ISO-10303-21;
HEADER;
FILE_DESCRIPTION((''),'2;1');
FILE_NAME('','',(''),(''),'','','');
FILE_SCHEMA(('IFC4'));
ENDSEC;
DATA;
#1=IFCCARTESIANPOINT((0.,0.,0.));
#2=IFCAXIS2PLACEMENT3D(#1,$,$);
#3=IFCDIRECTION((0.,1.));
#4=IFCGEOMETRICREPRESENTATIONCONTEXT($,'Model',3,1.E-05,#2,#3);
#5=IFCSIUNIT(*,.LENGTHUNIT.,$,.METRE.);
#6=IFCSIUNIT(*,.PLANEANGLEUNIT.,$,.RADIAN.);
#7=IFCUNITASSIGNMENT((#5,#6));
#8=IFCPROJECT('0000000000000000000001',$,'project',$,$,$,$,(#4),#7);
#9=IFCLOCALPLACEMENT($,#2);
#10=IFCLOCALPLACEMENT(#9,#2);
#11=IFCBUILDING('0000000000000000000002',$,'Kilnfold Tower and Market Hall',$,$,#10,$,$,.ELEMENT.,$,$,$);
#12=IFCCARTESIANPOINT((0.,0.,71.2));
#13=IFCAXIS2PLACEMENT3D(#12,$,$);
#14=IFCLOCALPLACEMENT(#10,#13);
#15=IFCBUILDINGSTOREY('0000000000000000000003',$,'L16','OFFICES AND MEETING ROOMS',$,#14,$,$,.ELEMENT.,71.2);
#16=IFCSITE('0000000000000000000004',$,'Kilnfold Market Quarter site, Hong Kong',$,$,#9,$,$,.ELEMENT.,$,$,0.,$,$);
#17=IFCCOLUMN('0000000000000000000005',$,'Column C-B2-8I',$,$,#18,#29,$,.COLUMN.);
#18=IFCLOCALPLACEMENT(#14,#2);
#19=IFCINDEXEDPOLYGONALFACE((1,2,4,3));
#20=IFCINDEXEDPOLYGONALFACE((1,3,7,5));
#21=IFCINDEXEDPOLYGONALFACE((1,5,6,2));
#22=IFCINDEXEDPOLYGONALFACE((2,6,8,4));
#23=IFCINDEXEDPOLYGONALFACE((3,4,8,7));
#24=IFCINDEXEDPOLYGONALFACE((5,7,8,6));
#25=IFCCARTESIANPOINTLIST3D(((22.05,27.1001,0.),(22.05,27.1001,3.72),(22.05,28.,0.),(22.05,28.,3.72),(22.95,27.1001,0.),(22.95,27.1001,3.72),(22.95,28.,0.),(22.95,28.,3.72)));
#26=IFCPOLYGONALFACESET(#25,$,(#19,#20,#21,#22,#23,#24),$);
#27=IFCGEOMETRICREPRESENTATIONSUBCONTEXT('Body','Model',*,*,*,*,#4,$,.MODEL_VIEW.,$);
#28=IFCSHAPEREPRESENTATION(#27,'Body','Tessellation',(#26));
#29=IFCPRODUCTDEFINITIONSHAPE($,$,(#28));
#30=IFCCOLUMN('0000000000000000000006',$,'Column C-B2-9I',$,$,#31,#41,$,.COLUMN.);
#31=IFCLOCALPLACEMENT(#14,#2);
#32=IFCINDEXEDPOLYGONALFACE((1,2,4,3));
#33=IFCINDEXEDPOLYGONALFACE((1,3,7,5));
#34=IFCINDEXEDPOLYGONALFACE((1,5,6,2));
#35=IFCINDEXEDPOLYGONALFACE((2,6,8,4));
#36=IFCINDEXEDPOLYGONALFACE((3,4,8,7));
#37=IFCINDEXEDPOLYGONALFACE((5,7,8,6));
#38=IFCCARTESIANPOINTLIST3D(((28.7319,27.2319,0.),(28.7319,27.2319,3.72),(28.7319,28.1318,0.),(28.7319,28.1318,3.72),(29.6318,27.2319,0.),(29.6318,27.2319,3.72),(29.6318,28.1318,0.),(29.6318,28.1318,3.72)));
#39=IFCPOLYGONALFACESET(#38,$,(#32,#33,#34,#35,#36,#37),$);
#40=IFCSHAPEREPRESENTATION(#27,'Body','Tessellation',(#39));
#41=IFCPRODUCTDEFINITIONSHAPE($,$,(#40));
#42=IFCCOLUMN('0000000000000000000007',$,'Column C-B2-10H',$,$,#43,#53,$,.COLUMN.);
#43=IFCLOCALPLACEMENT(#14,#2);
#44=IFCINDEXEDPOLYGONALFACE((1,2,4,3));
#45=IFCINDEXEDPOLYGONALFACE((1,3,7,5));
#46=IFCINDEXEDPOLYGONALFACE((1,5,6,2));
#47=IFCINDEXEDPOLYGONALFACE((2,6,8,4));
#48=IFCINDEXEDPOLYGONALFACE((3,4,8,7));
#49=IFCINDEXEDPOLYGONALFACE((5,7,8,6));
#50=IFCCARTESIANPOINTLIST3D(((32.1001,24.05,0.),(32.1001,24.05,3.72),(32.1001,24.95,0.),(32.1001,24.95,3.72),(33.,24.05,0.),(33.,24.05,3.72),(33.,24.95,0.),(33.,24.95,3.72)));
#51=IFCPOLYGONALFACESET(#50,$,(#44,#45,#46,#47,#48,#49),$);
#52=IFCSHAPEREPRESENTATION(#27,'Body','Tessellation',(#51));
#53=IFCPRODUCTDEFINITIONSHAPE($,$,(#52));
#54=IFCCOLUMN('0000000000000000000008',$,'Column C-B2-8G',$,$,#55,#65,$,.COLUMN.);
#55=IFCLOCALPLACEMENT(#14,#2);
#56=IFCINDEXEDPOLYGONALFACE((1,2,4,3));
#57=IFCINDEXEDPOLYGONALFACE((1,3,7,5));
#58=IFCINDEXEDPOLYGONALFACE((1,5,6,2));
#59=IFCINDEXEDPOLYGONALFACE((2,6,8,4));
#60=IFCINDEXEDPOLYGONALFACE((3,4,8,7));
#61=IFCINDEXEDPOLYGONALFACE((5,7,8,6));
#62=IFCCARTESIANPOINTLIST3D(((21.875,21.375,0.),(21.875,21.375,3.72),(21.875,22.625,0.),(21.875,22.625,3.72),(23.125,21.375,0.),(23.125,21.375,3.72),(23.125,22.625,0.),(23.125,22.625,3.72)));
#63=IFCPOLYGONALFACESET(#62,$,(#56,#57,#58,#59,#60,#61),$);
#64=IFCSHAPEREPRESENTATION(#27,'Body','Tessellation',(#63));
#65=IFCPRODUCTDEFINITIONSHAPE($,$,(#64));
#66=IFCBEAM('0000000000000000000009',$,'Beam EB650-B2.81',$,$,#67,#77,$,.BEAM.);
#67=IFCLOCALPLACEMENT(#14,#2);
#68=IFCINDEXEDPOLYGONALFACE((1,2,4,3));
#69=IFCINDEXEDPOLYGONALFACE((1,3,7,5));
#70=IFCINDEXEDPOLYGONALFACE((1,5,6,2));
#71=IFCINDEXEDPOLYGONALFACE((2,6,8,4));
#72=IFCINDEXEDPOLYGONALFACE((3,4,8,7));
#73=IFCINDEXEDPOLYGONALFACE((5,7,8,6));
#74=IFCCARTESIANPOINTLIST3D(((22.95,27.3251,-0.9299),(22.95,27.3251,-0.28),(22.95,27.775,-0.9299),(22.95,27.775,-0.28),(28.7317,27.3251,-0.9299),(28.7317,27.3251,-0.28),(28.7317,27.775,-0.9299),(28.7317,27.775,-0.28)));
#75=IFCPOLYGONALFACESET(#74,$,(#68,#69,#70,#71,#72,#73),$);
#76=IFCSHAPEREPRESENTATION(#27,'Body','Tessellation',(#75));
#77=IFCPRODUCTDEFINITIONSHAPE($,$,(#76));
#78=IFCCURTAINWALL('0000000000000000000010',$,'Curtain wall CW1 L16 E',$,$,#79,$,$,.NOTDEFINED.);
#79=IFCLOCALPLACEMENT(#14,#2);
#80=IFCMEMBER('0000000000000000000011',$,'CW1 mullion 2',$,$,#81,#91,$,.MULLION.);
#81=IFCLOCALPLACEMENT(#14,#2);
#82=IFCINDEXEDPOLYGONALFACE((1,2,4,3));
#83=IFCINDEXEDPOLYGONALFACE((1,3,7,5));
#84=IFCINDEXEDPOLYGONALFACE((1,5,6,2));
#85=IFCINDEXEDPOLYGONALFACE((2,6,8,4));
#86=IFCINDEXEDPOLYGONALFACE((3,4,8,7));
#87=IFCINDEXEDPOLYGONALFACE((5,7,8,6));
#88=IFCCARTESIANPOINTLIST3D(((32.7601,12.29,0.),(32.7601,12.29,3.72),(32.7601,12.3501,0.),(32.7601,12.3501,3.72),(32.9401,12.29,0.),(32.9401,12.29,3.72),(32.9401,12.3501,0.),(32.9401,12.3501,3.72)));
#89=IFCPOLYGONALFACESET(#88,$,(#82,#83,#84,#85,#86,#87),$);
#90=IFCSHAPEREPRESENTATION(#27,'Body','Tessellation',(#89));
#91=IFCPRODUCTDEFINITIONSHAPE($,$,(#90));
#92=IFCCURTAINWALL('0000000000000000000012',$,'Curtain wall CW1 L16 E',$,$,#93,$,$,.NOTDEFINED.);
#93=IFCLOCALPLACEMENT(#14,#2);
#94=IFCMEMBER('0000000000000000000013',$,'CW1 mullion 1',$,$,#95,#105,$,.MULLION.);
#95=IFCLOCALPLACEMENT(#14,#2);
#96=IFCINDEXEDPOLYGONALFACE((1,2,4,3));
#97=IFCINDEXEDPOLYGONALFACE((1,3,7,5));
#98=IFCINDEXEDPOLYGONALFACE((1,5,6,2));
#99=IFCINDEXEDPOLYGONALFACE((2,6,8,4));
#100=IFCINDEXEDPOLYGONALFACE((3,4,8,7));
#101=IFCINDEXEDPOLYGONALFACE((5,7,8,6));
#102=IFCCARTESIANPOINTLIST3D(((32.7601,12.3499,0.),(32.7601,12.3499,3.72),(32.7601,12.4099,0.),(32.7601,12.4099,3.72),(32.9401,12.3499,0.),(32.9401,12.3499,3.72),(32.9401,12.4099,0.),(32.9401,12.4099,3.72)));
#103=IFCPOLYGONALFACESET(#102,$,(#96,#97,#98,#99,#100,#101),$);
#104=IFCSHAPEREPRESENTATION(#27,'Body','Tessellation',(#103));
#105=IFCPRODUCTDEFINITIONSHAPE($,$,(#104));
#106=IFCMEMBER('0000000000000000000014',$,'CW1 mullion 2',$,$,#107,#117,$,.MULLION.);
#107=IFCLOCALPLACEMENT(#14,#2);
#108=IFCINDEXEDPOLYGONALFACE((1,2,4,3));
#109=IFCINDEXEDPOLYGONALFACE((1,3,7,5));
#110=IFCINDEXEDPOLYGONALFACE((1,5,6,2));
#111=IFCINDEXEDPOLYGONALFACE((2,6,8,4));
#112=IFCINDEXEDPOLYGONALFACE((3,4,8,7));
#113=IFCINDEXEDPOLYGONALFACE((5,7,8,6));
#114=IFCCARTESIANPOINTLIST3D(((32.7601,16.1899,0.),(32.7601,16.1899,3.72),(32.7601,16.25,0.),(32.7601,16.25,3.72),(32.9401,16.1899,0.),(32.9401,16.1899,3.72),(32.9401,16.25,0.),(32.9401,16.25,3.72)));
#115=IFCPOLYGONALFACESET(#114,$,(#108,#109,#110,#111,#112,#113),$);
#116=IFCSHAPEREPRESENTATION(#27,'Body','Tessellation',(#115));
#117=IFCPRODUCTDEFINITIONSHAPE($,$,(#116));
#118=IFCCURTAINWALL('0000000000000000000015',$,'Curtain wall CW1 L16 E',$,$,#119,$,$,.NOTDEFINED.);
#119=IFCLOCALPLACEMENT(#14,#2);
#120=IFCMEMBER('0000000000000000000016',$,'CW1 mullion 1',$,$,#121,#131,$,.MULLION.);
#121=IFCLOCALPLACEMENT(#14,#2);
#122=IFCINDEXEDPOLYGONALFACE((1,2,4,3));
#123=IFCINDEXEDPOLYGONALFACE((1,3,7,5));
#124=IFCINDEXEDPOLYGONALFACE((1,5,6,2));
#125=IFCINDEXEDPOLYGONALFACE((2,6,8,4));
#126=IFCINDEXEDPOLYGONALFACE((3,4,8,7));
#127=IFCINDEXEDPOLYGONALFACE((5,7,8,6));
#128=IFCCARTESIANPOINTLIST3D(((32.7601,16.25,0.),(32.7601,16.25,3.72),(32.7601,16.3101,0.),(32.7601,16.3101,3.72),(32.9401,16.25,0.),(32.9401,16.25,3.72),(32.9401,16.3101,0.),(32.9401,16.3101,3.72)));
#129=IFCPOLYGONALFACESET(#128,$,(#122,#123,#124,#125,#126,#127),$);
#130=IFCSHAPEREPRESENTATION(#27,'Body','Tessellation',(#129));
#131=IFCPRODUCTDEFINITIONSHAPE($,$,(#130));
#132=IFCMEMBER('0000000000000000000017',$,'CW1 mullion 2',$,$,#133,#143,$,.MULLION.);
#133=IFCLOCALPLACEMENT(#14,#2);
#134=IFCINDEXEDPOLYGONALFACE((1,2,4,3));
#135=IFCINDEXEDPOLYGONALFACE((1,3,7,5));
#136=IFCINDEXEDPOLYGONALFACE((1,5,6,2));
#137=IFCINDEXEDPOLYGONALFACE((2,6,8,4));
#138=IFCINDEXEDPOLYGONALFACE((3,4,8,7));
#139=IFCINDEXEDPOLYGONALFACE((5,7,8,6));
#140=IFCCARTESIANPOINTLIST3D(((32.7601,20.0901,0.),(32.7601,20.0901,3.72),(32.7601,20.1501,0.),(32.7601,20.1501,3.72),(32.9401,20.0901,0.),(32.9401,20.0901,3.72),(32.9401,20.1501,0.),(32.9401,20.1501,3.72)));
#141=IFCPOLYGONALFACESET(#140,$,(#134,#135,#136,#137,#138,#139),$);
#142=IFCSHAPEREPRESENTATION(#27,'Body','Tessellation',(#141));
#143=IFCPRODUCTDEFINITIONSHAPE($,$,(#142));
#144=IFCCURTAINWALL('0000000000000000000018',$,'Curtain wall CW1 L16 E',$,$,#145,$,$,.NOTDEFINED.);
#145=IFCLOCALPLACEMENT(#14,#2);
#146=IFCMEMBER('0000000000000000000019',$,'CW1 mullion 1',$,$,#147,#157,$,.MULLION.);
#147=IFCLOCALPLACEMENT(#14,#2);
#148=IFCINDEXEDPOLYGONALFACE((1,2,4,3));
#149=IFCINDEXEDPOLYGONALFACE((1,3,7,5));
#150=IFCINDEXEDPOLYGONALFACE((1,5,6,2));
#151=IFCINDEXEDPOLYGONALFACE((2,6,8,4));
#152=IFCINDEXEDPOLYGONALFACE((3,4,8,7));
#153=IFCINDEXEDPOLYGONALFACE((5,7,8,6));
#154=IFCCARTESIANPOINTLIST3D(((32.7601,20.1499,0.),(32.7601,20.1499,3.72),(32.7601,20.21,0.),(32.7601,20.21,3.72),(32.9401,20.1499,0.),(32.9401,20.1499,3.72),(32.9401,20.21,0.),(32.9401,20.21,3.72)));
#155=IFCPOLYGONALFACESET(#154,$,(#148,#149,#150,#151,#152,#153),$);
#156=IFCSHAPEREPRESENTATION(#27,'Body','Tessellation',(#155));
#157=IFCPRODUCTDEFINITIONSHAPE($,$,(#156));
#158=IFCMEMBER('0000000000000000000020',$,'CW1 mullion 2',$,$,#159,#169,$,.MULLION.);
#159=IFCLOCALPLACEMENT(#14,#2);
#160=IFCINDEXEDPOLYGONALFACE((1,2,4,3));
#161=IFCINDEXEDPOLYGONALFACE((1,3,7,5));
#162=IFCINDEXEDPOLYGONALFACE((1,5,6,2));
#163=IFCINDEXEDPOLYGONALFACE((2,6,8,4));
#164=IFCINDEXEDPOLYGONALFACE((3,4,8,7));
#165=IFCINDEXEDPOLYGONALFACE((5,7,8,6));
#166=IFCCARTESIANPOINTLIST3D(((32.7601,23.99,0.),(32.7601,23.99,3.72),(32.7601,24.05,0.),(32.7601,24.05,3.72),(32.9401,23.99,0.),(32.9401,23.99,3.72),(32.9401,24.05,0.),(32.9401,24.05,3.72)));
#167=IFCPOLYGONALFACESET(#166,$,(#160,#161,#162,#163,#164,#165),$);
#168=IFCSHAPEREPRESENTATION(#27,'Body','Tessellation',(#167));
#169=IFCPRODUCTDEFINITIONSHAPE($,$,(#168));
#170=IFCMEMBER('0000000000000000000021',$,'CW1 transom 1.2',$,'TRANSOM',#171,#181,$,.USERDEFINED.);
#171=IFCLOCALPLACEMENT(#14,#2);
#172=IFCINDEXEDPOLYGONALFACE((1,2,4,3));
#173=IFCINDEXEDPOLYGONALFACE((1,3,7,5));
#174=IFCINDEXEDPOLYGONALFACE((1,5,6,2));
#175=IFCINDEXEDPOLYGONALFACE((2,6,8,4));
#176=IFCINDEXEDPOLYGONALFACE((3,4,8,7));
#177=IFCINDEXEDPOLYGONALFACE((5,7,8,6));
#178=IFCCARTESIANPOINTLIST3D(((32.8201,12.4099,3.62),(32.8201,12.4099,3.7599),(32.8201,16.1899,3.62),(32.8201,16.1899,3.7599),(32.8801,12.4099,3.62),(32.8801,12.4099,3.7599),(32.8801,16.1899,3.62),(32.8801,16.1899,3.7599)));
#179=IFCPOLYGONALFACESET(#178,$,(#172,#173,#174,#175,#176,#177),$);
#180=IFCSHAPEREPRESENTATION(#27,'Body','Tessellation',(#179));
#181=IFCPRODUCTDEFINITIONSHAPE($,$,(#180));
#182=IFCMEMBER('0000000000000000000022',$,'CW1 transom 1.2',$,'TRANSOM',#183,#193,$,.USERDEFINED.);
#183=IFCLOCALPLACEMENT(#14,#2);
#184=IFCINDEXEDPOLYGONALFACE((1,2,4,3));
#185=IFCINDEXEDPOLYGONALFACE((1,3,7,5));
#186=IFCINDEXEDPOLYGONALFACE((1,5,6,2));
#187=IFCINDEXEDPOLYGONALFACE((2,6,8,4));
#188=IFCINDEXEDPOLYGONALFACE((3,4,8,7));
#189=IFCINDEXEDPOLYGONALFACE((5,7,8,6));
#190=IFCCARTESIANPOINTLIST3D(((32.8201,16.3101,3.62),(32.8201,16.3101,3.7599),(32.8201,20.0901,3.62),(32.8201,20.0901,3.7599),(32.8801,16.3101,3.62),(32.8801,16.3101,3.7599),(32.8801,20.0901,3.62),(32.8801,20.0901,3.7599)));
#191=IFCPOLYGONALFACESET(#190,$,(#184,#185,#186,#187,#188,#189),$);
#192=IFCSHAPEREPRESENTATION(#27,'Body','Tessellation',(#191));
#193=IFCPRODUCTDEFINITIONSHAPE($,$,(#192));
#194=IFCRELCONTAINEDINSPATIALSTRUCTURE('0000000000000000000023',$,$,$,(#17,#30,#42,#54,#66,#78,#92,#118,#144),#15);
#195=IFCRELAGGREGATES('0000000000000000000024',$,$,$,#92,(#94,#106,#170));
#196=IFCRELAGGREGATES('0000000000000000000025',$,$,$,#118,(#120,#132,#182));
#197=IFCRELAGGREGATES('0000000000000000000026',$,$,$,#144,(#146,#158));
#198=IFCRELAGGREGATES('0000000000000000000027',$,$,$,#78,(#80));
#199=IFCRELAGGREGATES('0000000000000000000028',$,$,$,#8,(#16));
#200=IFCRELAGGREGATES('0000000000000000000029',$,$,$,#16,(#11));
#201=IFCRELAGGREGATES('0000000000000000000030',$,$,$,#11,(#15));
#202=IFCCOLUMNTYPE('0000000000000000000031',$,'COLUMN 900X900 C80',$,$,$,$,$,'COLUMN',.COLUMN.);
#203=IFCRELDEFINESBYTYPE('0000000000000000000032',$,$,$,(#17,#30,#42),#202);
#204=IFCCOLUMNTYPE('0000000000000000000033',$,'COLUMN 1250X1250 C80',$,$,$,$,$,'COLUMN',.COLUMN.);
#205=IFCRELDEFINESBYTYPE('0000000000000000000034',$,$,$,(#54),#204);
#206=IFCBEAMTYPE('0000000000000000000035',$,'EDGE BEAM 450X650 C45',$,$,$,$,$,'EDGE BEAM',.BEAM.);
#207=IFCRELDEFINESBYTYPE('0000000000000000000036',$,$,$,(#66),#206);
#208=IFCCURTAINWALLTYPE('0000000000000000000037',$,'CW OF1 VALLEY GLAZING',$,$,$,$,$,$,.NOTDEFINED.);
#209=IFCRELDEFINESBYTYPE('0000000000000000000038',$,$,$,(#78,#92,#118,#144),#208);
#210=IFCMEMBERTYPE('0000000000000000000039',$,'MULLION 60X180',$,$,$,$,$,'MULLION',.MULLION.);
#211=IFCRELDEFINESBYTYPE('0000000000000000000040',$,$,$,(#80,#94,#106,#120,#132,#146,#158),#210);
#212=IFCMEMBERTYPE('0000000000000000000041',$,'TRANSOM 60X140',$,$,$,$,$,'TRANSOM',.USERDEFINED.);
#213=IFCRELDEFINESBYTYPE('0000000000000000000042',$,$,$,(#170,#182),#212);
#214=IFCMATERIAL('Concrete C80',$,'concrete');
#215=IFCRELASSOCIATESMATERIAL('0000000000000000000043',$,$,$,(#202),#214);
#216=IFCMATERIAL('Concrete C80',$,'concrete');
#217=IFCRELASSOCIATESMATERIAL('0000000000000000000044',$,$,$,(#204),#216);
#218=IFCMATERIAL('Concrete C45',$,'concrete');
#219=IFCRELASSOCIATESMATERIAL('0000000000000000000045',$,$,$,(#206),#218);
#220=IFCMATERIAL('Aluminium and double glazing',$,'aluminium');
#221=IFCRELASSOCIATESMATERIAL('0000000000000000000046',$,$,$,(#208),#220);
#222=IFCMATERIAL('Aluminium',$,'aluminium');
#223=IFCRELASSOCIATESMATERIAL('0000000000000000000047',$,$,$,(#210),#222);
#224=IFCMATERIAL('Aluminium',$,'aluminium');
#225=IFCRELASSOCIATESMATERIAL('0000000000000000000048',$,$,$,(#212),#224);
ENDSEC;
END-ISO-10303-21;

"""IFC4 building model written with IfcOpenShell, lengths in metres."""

from ifc_helpers import new_model, si_unit, direction, frame, origin, origin_2d, place, context, subcontext, project, spatial, rectangle, extrude, source, transform, mapped, material, material_profile, profile_set, type_object, element, aggregate, save


model = new_model("IFC4")

# Units and contexts
model_context = context("Model", 3, precision=1e-05, world=origin(), true_north=direction((0.0, 1.0)))
body_context = subcontext(model_context, "Body", "Model", "MODEL_VIEW")
ifc_project = project(units=[si_unit("LENGTHUNIT", "METRE"), si_unit("PLANEANGLEUNIT", "RADIAN")], contexts=[model_context])

# Site, building, storey
site_placement = place(None, origin())
site = spatial("IfcSite", under=ifc_project, at=site_placement, Name="Kilnfold Market Quarter site, Hong Kong", CompositionType="ELEMENT", RefElevation=0.0)
building_placement = place(site_placement, origin())
building = spatial("IfcBuilding", under=site, at=building_placement, Name="Kilnfold Tower and Market Hall", CompositionType="ELEMENT")
storey_placement = place(building_placement, frame((0.0, 0.0, 71.2)))
storey = spatial("IfcBuildingStorey", under=building, at=storey_placement, Name="L16", Description="OFFICES AND MEETING ROOMS", CompositionType="ELEMENT", Elevation=71.2)

# Columns
ifc_material_1 = material(Name="Concrete C80", Category="concrete")
ifc_material_profile_1 = material_profile(ifc_material_1, rectangle(XDim=0.8999, YDim=0.8999, at=origin_2d()), Name="RC 900x900")
ifc_profile_set_1 = profile_set([ifc_material_profile_1], Name="Concrete C80")
column_type_1 = type_object("IfcColumnType", Name="COLUMN 900X900 C80", ElementType="COLUMN", PredefinedType="COLUMN", material=ifc_profile_set_1)
shared_shape_1 = source(origin(), body_context, "Body", "SweptSolid", [
    extrude(rectangle(XDim=0.8999, YDim=0.8999, at=origin_2d()), origin(), (0.0, 0.0, 1.0), 3.72),
])
for number, where, z_axis, x_axis, name in (
    (1, (22.5, 27.55, 0.0), (0.0, 0.0, 1.0), (1.0, 0.0, 0.0), "Column C-B2-8I"),
    (2, (29.1819, 27.6819, 0.0), (0.0, 0.0, 1.0), (1.0, 0.0, 0.0), "Column C-B2-9I"),
    (3, (32.55, 24.5, 0.0), (0.0, 0.0, 1.0), (1.0, 0.0, 0.0), "Column C-B2-10H"),
):
    element("IfcColumn", number, at=place(storey_placement, frame(where, z_axis=z_axis, x_axis=x_axis)), inside=storey, type_object=column_type_1, Name=name, PredefinedType="COLUMN", context=body_context, shape_type="MappedRepresentation", body=[
        mapped(shared_shape_1, transform((0.0, 0.0, 0.0))),
    ])
ifc_material_2 = material(Name="Concrete C80", Category="concrete")
ifc_material_profile_2 = material_profile(ifc_material_2, rectangle(XDim=1.25, YDim=1.25, at=origin_2d()), Name="RC 1250x1250")
ifc_profile_set_2 = profile_set([ifc_material_profile_2], Name="Concrete C80")
column_type_2 = type_object("IfcColumnType", Name="COLUMN 1250X1250 C80", ElementType="COLUMN", PredefinedType="COLUMN", material=ifc_profile_set_2)
shared_shape_2 = source(origin(), body_context, "Body", "SweptSolid", [
    extrude(rectangle(XDim=1.25, YDim=1.25, at=origin_2d()), origin(), (0.0, 0.0, 1.0), 3.72),
])
column_placement = place(storey_placement, frame((22.5, 22.0, 0.0), z_axis=(0.0, 0.0, 1.0), x_axis=(1.0, 0.0, 0.0)))
element("IfcColumn", 4, at=column_placement, inside=storey, type_object=column_type_2, Name="Column C-B2-8G", PredefinedType="COLUMN", context=body_context, shape_type="MappedRepresentation", body=[
    mapped(shared_shape_2, transform((0.0, 0.0, 0.0))),
])

# Beam
ifc_material_3 = material(Name="Concrete C45", Category="concrete")
ifc_material_profile_3 = material_profile(ifc_material_3, rectangle(XDim=0.45, YDim=0.6499, at=origin_2d()), Name="RC 450x650")
ifc_profile_set_3 = profile_set([ifc_material_profile_3], Name="Concrete C45")
beam_type = type_object("IfcBeamType", Name="EDGE BEAM 450X650 C45", ElementType="EDGE BEAM", PredefinedType="BEAM", material=ifc_profile_set_3)
shared_shape_3 = source(origin(), body_context, "Body", "SweptSolid", [
    extrude(rectangle(XDim=0.45, YDim=0.6499, at=origin_2d()), origin(), (0.0, 0.0, 1.0), 5.7817),
])
beam_placement = place(storey_placement, frame((22.95, 27.55, -0.605), z_axis=(1.0, 0.0, 0.0), x_axis=(0.0, 1.0, 0.0)))
element("IfcBeam", 5, at=beam_placement, inside=storey, type_object=beam_type, Name="Beam EB650-B2.81", PredefinedType="BEAM", context=body_context, shape_type="MappedRepresentation", body=[
    mapped(shared_shape_3, transform((0.0, 0.0, 0.0))),
])

# Curtain wall, member
ifc_material_4 = material(Name="Aluminium and double glazing", Category="aluminium")
curtain_wall_type = type_object("IfcCurtainWallType", Name="CW OF1 VALLEY GLAZING", PredefinedType="NOTDEFINED", material=ifc_material_4)
curtain_wall_1_placement = place(storey_placement, origin())
curtain_wall_1 = element("IfcCurtainWall", 6, at=curtain_wall_1_placement, inside=storey, type_object=curtain_wall_type, Name="Curtain wall CW1 L16 E", PredefinedType="NOTDEFINED")
ifc_material_5 = material(Name="Aluminium", Category="aluminium")
ifc_material_profile_4 = material_profile(ifc_material_5, rectangle(XDim=0.0601, YDim=0.1799, at=origin_2d()), Name="MULLION 60x180")
ifc_profile_set_4 = profile_set([ifc_material_profile_4], Name="Aluminium")
member_type_1 = type_object("IfcMemberType", Name="MULLION 60X180", ElementType="MULLION", PredefinedType="MULLION", material=ifc_profile_set_4)
shared_shape_4 = source(origin(), body_context, "Body", "SweptSolid", [
    extrude(rectangle(XDim=0.0601, YDim=0.1799, at=origin_2d()), origin(), (0.0, 0.0, 1.0), 3.72),
])
member_1_placement = place(storey_placement, frame((32.8501, 12.3201, 0.0), z_axis=(0.0, 0.0, 1.0), x_axis=(0.0, 1.0, 0.0)))
member_1 = element("IfcMember", 7, at=member_1_placement, type_object=member_type_1, Name="CW1 mullion 2", PredefinedType="MULLION", context=body_context, shape_type="MappedRepresentation", body=[
    mapped(shared_shape_4, transform((0.0, 0.0, 0.0))),
])

# Curtain walls, members
curtain_wall_2_placement = place(storey_placement, origin())
curtain_wall_2 = element("IfcCurtainWall", 8, at=curtain_wall_2_placement, inside=storey, type_object=curtain_wall_type, Name="Curtain wall CW1 L16 E", PredefinedType="NOTDEFINED")
member_2_placement = place(storey_placement, frame((32.8501, 12.3799, 0.0), z_axis=(0.0, 0.0, 1.0), x_axis=(0.0, 1.0, 0.0)))
member_2 = element("IfcMember", 9, at=member_2_placement, type_object=member_type_1, Name="CW1 mullion 1", PredefinedType="MULLION", context=body_context, shape_type="MappedRepresentation", body=[
    mapped(shared_shape_4, transform((0.0, 0.0, 0.0))),
])
member_3_placement = place(storey_placement, frame((32.8501, 16.22, 0.0), z_axis=(0.0, 0.0, 1.0), x_axis=(0.0, 1.0, 0.0)))
member_3 = element("IfcMember", 10, at=member_3_placement, type_object=member_type_1, Name="CW1 mullion 2", PredefinedType="MULLION", context=body_context, shape_type="MappedRepresentation", body=[
    mapped(shared_shape_4, transform((0.0, 0.0, 0.0))),
])
curtain_wall_3_placement = place(storey_placement, origin())
curtain_wall_3 = element("IfcCurtainWall", 11, at=curtain_wall_3_placement, inside=storey, type_object=curtain_wall_type, Name="Curtain wall CW1 L16 E", PredefinedType="NOTDEFINED")
member_4_placement = place(storey_placement, frame((32.8501, 16.28, 0.0), z_axis=(0.0, 0.0, 1.0), x_axis=(0.0, 1.0, 0.0)))
member_4 = element("IfcMember", 12, at=member_4_placement, type_object=member_type_1, Name="CW1 mullion 1", PredefinedType="MULLION", context=body_context, shape_type="MappedRepresentation", body=[
    mapped(shared_shape_4, transform((0.0, 0.0, 0.0))),
])
member_5_placement = place(storey_placement, frame((32.8501, 20.1201, 0.0), z_axis=(0.0, 0.0, 1.0), x_axis=(0.0, 1.0, 0.0)))
member_5 = element("IfcMember", 13, at=member_5_placement, type_object=member_type_1, Name="CW1 mullion 2", PredefinedType="MULLION", context=body_context, shape_type="MappedRepresentation", body=[
    mapped(shared_shape_4, transform((0.0, 0.0, 0.0))),
])
curtain_wall_4_placement = place(storey_placement, origin())
curtain_wall_4 = element("IfcCurtainWall", 14, at=curtain_wall_4_placement, inside=storey, type_object=curtain_wall_type, Name="Curtain wall CW1 L16 E", PredefinedType="NOTDEFINED")
member_6_placement = place(storey_placement, frame((32.8501, 20.1799, 0.0), z_axis=(0.0, 0.0, 1.0), x_axis=(0.0, 1.0, 0.0)))
member_6 = element("IfcMember", 15, at=member_6_placement, type_object=member_type_1, Name="CW1 mullion 1", PredefinedType="MULLION", context=body_context, shape_type="MappedRepresentation", body=[
    mapped(shared_shape_4, transform((0.0, 0.0, 0.0))),
])
member_7_placement = place(storey_placement, frame((32.8501, 24.02, 0.0), z_axis=(0.0, 0.0, 1.0), x_axis=(0.0, 1.0, 0.0)))
member_7 = element("IfcMember", 16, at=member_7_placement, type_object=member_type_1, Name="CW1 mullion 2", PredefinedType="MULLION", context=body_context, shape_type="MappedRepresentation", body=[
    mapped(shared_shape_4, transform((0.0, 0.0, 0.0))),
])

# Members
ifc_material_6 = material(Name="Aluminium", Category="aluminium")
ifc_material_profile_5 = material_profile(ifc_material_6, rectangle(XDim=0.0601, YDim=0.1399, at=origin_2d()), Name="TRANSOM 60x140")
ifc_profile_set_5 = profile_set([ifc_material_profile_5], Name="Aluminium")
member_type_2 = type_object("IfcMemberType", Name="TRANSOM 60X140", ElementType="TRANSOM", PredefinedType="USERDEFINED", material=ifc_profile_set_5)
shared_shape_5 = source(origin(), body_context, "Body", "SweptSolid", [
    extrude(rectangle(XDim=0.0601, YDim=0.1399, at=origin_2d()), origin(), (0.0, 0.0, 1.0), 3.78),
])
member_8_placement = place(storey_placement, frame((32.8501, 12.4099, 3.6899), z_axis=(0.0, 1.0, 0.0), x_axis=(-1.0, 0.0, 0.0)))
member_8 = element("IfcMember", 17, at=member_8_placement, type_object=member_type_2, Name="CW1 transom 1.2", ObjectType="TRANSOM", PredefinedType="USERDEFINED", context=body_context, shape_type="MappedRepresentation", body=[
    mapped(shared_shape_5, transform((0.0, 0.0, 0.0))),
])
member_9_placement = place(storey_placement, frame((32.8501, 16.3101, 3.6899), z_axis=(0.0, 1.0, 0.0), x_axis=(-1.0, 0.0, 0.0)))
member_9 = element("IfcMember", 18, at=member_9_placement, type_object=member_type_2, Name="CW1 transom 1.2", ObjectType="TRANSOM", PredefinedType="USERDEFINED", context=body_context, shape_type="MappedRepresentation", body=[
    mapped(shared_shape_5, transform((0.0, 0.0, 0.0))),
])

aggregate(curtain_wall_2, [member_2, member_3, member_8])
aggregate(curtain_wall_3, [member_4, member_5, member_9])
aggregate(curtain_wall_4, [member_6, member_7])
aggregate(curtain_wall_1, [member_1])

save(model, "model.ifc")
